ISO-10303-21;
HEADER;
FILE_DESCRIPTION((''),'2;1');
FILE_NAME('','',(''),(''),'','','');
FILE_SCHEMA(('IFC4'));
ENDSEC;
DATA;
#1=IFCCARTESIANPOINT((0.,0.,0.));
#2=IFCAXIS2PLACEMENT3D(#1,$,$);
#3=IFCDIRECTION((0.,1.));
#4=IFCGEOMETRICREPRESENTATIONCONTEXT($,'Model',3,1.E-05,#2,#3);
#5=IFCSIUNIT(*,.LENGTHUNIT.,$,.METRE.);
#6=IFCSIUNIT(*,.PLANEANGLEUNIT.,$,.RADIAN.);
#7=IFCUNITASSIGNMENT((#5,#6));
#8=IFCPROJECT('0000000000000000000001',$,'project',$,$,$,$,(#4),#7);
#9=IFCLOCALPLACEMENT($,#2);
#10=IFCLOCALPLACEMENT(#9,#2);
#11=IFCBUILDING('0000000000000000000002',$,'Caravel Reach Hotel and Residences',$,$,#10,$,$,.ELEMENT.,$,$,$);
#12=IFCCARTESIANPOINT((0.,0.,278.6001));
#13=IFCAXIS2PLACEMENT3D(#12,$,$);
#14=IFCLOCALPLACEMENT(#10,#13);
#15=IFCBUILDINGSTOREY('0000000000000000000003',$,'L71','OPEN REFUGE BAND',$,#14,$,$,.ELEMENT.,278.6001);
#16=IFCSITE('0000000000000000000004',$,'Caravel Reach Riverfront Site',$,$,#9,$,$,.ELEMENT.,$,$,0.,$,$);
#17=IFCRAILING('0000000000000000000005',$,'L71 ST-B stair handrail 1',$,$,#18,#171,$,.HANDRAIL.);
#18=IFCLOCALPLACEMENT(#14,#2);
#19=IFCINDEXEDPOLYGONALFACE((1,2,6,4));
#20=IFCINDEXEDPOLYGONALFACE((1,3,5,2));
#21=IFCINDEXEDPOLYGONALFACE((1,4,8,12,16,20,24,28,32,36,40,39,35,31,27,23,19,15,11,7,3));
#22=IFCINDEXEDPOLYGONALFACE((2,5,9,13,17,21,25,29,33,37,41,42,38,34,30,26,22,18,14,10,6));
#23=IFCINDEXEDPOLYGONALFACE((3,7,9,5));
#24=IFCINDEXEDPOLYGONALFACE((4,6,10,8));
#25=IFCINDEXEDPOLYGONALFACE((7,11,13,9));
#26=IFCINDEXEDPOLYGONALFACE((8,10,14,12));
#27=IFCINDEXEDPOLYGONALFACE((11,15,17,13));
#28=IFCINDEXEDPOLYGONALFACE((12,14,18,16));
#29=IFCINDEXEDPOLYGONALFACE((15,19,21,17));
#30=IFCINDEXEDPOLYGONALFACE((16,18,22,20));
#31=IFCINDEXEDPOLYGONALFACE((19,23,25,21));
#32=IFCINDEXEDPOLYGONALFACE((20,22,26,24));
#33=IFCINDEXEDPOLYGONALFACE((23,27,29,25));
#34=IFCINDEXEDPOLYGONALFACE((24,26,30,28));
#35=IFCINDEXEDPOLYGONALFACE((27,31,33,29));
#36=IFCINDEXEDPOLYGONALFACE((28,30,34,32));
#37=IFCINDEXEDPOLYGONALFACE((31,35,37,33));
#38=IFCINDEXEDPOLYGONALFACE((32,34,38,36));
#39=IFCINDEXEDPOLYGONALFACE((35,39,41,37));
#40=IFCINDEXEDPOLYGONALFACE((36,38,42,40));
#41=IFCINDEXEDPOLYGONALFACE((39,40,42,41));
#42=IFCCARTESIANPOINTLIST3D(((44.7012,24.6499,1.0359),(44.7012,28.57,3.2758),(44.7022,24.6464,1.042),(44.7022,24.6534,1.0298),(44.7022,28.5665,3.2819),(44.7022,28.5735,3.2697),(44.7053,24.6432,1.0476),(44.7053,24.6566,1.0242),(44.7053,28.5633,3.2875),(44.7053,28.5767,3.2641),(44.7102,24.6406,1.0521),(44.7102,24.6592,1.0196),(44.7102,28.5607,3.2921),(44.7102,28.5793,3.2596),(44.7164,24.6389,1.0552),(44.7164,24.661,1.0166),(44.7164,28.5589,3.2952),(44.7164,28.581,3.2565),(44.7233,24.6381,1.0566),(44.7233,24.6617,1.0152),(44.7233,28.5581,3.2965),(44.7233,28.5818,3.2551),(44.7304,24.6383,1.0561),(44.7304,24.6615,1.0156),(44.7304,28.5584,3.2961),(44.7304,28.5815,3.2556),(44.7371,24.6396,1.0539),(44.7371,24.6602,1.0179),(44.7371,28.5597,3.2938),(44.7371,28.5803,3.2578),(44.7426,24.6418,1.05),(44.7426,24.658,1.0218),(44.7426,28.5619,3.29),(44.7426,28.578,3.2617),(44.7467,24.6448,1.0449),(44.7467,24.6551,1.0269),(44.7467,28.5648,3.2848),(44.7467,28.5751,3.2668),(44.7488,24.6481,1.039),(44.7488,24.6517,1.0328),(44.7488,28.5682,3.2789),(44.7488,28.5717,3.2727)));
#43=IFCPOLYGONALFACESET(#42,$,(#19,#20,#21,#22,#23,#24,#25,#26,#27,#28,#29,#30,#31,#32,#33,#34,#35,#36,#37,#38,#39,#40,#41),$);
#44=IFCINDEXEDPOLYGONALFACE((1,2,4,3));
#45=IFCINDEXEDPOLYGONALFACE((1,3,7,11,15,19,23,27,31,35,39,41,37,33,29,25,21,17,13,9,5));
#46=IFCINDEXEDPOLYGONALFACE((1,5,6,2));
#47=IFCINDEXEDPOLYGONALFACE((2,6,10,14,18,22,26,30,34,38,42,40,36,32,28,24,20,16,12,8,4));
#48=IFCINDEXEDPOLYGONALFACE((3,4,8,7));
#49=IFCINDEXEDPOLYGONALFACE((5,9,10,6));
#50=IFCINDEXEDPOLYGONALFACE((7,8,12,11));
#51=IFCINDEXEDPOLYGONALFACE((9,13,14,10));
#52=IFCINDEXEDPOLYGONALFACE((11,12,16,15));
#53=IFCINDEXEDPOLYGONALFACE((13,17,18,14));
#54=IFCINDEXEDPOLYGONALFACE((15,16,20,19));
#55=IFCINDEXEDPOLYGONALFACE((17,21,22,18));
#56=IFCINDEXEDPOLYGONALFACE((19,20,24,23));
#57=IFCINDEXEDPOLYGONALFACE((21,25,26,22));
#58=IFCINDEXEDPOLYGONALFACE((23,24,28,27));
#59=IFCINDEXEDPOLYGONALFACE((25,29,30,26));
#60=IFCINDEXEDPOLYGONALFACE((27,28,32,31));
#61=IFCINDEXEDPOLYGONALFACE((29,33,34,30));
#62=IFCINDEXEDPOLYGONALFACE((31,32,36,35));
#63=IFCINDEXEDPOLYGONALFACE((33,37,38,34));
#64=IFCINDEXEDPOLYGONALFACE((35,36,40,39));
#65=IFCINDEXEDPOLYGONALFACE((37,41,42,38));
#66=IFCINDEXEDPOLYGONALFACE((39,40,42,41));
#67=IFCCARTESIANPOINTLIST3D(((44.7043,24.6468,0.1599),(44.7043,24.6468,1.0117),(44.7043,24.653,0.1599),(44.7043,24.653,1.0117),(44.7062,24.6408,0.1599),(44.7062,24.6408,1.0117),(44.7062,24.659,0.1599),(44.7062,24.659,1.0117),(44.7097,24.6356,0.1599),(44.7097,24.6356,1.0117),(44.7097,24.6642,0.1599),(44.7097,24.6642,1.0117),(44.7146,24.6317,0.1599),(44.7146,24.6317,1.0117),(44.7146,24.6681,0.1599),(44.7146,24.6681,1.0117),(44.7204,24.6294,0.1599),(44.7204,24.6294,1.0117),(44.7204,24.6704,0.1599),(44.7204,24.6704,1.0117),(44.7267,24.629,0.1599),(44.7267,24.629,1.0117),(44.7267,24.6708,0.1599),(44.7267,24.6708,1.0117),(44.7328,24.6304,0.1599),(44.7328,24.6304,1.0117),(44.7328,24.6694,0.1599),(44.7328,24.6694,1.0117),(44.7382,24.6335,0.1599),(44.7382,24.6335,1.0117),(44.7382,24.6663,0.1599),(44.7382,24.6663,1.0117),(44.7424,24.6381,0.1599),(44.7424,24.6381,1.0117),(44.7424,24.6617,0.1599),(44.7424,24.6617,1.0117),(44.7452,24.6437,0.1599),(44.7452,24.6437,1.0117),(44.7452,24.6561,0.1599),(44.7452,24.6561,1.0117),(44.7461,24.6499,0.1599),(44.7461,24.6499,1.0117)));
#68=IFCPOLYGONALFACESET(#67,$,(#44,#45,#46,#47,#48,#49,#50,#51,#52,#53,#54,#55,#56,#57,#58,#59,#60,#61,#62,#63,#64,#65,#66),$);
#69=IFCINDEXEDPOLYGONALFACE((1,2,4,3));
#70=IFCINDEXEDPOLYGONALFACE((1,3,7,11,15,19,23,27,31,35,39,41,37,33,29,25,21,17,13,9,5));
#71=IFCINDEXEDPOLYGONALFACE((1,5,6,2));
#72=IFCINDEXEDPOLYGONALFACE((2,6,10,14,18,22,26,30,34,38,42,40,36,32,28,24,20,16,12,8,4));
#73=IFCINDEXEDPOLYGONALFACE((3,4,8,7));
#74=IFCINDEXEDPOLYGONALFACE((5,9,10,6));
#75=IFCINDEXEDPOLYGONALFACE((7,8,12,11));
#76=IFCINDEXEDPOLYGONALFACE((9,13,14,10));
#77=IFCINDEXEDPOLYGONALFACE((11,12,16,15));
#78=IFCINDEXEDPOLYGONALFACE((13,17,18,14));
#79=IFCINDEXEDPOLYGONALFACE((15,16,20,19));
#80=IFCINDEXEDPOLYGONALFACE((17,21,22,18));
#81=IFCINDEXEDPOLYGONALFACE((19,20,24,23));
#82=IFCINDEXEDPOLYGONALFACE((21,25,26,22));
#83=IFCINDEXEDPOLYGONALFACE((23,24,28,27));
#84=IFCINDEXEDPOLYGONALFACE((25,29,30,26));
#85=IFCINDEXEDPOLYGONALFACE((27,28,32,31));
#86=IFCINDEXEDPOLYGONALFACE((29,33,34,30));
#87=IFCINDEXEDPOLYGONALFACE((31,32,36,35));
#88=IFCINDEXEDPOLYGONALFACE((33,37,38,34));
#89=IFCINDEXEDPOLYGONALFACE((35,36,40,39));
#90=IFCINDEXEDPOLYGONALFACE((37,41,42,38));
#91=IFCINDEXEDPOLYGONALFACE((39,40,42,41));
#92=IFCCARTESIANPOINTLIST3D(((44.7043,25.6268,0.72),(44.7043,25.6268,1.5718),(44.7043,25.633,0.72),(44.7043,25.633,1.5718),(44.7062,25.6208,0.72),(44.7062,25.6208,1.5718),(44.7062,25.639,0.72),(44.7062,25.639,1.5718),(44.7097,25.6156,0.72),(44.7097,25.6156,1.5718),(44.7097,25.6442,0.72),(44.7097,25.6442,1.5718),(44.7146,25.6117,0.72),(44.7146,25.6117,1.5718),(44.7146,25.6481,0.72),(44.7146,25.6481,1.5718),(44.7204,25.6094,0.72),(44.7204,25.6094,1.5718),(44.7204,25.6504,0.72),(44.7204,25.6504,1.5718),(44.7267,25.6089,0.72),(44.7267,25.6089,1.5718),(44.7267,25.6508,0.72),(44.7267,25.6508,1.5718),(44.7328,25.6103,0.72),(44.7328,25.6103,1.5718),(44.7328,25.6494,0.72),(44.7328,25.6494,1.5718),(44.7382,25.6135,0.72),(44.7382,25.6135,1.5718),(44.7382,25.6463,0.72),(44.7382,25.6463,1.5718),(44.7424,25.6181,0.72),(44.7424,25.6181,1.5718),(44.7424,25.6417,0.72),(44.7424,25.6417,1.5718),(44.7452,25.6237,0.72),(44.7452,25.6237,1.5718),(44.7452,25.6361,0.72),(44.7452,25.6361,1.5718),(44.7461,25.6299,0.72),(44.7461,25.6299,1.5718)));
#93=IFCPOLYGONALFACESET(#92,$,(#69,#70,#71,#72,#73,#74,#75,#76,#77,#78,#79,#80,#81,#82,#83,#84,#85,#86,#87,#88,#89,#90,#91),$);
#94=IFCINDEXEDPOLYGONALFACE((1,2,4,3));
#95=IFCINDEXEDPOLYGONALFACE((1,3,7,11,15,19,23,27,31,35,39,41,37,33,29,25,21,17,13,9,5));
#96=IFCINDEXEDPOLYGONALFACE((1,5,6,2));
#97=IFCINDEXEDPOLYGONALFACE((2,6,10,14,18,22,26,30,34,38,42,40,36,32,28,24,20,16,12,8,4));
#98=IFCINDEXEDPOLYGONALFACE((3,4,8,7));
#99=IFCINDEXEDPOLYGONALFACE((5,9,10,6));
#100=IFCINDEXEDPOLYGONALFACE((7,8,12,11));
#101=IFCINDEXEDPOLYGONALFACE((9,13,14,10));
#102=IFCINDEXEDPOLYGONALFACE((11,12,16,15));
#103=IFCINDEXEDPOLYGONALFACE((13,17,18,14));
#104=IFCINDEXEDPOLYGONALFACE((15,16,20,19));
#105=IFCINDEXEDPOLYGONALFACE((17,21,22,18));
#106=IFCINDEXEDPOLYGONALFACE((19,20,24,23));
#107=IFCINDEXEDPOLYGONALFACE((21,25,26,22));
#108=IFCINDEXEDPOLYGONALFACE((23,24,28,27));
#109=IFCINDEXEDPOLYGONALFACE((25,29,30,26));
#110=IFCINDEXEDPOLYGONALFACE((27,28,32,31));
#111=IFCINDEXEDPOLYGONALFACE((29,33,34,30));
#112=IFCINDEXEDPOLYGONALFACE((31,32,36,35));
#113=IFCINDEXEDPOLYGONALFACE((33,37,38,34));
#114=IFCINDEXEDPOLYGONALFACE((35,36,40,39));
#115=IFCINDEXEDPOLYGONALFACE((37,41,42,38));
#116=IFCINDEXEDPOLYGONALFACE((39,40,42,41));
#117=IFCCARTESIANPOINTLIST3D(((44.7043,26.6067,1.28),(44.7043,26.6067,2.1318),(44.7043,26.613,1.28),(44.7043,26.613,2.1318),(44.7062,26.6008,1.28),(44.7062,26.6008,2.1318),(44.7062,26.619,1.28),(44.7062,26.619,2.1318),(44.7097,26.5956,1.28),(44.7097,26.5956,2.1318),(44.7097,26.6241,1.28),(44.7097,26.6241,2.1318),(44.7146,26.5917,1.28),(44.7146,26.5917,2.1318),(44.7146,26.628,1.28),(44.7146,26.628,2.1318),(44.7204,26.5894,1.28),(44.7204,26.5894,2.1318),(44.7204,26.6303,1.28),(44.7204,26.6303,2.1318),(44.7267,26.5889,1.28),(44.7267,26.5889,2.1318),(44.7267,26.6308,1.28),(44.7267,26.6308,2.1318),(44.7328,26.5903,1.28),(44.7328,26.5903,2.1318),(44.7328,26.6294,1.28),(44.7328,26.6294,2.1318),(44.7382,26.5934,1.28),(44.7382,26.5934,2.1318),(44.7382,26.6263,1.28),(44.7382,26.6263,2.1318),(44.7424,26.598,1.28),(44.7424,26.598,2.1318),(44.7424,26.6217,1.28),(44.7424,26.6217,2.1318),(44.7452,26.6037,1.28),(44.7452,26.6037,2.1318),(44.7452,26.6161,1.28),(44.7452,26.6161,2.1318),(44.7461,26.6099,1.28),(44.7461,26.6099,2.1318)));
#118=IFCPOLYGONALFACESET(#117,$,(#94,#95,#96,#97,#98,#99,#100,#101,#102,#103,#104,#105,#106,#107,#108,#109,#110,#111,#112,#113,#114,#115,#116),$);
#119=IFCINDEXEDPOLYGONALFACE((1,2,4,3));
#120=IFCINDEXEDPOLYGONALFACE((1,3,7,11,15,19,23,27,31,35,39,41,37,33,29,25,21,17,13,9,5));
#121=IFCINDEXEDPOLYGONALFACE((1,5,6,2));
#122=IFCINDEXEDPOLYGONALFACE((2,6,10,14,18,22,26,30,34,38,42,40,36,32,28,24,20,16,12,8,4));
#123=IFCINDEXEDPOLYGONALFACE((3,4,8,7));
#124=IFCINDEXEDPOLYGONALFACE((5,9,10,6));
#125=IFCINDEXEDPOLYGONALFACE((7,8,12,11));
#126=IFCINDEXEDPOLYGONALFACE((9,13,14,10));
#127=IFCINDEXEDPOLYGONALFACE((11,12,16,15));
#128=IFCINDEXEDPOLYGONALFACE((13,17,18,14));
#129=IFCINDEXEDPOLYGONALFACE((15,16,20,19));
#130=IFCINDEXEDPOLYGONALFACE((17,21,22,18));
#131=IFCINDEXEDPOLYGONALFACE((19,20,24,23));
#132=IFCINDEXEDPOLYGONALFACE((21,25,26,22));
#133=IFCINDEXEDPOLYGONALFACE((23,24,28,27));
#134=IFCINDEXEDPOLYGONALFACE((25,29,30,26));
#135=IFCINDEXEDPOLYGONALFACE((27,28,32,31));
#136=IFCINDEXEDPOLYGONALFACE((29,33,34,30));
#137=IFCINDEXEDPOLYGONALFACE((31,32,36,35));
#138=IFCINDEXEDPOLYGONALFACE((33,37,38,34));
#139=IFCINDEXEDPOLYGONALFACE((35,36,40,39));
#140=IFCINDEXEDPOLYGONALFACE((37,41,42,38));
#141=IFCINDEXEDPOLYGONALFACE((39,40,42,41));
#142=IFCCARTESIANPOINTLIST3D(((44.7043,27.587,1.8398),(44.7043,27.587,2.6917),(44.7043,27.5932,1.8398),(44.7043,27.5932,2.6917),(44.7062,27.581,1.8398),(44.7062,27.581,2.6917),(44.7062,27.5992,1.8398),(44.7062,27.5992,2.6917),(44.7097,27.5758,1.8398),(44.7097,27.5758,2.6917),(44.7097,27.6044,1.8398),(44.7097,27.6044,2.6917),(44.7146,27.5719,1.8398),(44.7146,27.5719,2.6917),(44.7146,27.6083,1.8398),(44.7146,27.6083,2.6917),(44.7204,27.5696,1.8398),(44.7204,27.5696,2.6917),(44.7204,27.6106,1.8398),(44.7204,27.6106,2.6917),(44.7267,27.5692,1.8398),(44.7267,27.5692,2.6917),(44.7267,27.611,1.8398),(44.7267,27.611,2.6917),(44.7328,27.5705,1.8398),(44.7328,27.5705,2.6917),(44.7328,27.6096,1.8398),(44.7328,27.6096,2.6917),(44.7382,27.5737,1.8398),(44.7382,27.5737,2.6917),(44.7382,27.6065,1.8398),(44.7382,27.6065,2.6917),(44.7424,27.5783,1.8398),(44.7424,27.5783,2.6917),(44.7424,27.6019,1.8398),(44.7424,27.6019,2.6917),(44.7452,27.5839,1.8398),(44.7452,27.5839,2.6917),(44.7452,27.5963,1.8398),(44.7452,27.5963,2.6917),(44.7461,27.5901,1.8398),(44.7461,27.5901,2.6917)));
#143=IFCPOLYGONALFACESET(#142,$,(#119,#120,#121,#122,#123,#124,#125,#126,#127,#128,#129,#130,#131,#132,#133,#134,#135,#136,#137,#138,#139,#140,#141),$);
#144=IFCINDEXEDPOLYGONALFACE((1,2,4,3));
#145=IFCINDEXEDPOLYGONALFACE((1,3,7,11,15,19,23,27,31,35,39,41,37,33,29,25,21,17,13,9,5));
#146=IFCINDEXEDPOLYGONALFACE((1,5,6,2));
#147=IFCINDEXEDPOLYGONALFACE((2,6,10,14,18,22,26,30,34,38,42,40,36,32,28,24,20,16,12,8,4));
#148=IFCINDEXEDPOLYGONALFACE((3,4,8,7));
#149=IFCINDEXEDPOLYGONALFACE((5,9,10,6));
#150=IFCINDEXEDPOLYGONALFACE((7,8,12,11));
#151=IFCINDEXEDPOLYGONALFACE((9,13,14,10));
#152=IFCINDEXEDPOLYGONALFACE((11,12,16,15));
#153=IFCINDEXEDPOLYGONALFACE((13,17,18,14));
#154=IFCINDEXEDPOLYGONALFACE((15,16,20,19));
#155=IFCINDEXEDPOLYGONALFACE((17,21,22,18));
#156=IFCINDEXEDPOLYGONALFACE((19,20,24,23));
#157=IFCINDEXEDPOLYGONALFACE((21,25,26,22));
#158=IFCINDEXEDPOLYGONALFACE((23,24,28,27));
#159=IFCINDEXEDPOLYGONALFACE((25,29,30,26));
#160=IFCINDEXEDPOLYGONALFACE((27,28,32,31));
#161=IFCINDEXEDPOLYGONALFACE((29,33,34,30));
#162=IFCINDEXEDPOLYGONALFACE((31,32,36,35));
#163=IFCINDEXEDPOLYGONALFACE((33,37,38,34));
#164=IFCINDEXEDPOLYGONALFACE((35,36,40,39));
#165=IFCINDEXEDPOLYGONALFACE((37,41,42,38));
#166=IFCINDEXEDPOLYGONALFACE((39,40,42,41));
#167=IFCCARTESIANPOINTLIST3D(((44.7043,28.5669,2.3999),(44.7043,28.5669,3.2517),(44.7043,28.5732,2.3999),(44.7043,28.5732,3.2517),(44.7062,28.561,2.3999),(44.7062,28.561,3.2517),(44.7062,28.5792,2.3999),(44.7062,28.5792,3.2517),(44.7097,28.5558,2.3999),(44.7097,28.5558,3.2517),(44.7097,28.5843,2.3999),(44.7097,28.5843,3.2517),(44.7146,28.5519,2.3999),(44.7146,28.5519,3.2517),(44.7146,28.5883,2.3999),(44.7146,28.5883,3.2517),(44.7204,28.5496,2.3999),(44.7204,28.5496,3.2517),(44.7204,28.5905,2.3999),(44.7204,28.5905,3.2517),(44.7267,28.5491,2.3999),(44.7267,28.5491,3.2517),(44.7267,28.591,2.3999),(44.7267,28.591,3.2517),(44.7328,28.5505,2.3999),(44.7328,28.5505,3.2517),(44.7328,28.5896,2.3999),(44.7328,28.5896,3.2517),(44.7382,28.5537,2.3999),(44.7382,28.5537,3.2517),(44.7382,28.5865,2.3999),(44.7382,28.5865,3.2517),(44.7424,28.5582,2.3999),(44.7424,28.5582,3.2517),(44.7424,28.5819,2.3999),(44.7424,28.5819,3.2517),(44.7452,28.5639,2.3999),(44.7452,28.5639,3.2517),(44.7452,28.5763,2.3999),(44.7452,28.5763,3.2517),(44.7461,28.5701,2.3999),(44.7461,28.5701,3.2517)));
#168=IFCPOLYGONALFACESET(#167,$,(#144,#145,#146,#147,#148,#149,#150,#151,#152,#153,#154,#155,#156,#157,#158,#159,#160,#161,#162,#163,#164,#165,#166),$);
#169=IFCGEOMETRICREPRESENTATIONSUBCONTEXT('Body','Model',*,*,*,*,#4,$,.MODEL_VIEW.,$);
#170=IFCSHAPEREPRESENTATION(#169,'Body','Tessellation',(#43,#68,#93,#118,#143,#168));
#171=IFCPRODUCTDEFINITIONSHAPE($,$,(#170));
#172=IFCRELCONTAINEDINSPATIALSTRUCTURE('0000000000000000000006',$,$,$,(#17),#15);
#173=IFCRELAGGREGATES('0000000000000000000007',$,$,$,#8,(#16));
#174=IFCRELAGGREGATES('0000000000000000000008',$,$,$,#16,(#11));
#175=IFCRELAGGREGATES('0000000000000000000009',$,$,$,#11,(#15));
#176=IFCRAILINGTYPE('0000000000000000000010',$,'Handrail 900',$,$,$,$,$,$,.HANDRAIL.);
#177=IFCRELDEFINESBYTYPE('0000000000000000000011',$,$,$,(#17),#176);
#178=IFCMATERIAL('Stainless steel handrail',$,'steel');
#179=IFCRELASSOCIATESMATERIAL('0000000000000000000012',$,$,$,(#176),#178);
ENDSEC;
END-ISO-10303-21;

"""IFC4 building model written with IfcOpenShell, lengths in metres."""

from ifc_helpers import new_model, si_unit, direction, frame, origin, origin_2d, place, context, subcontext, project, spatial, circle, extrude, material, type_object, element, save


model = new_model("IFC4")

# Units and contexts
model_context = context("Model", 3, precision=1e-05, world=origin(), true_north=direction((0.0, 1.0)))
body_context = subcontext(model_context, "Body", "Model", "MODEL_VIEW")
ifc_project = project(units=[si_unit("LENGTHUNIT", "METRE"), si_unit("PLANEANGLEUNIT", "RADIAN")], contexts=[model_context])

# Site, building, storey
site_placement = place(None, origin())
site = spatial("IfcSite", under=ifc_project, at=site_placement, Name="Caravel Reach Riverfront Site", CompositionType="ELEMENT", RefElevation=0.0)
building_placement = place(site_placement, origin())
building = spatial("IfcBuilding", under=site, at=building_placement, Name="Caravel Reach Hotel and Residences", CompositionType="ELEMENT")
storey_placement = place(building_placement, frame((0.0, 0.0, 278.6001)))
storey = spatial("IfcBuildingStorey", under=building, at=storey_placement, Name="L71", Description="OPEN REFUGE BAND", CompositionType="ELEMENT", Elevation=278.6001)

# Railing
ifc_material_1 = material(Name="Stainless steel handrail", Category="steel")
railing_type_1 = type_object("IfcRailingType", Name="Handrail 900", PredefinedType="HANDRAIL", material=ifc_material_1)
railing_1_placement = place(storey_placement, frame((44.7251, 24.6499, 0.1599)))
element("IfcRailing", 1, at=railing_1_placement, inside=storey, type_object=railing_type_1, Name="L71 ST-B stair handrail 1", PredefinedType="HANDRAIL", context=body_context, shape_type="SweptSolid", body=[
    extrude(circle(Radius=0.0239, at=origin_2d()), frame((0.0, 0.0, 0.876), z_axis=(0.0, 0.868253, 0.496121), x_axis=(-1.0, 0.0, 0.0)), (0.0, 0.0, 1.0), 4.5149),
    extrude(circle(Radius=0.021, at=origin_2d()), origin(), (0.0, 0.0, 1.0), 0.8518),
    extrude(circle(Radius=0.021, at=origin_2d()), frame((0.0, 0.98, 0.5601)), (0.0, 0.0, 1.0), 0.8518),
    extrude(circle(Radius=0.021, at=origin_2d()), frame((0.0, 1.96, 1.1201)), (0.0, 0.0, 1.0), 0.8518),
    extrude(circle(Radius=0.021, at=origin_2d()), frame((0.0, 2.9402, 1.6799)), (0.0, 0.0, 1.0), 0.8518),
    extrude(circle(Radius=0.021, at=origin_2d()), frame((0.0, 3.9202, 2.24)), (0.0, 0.0, 1.0), 0.8518),
])

save(model, "model.ifc")
